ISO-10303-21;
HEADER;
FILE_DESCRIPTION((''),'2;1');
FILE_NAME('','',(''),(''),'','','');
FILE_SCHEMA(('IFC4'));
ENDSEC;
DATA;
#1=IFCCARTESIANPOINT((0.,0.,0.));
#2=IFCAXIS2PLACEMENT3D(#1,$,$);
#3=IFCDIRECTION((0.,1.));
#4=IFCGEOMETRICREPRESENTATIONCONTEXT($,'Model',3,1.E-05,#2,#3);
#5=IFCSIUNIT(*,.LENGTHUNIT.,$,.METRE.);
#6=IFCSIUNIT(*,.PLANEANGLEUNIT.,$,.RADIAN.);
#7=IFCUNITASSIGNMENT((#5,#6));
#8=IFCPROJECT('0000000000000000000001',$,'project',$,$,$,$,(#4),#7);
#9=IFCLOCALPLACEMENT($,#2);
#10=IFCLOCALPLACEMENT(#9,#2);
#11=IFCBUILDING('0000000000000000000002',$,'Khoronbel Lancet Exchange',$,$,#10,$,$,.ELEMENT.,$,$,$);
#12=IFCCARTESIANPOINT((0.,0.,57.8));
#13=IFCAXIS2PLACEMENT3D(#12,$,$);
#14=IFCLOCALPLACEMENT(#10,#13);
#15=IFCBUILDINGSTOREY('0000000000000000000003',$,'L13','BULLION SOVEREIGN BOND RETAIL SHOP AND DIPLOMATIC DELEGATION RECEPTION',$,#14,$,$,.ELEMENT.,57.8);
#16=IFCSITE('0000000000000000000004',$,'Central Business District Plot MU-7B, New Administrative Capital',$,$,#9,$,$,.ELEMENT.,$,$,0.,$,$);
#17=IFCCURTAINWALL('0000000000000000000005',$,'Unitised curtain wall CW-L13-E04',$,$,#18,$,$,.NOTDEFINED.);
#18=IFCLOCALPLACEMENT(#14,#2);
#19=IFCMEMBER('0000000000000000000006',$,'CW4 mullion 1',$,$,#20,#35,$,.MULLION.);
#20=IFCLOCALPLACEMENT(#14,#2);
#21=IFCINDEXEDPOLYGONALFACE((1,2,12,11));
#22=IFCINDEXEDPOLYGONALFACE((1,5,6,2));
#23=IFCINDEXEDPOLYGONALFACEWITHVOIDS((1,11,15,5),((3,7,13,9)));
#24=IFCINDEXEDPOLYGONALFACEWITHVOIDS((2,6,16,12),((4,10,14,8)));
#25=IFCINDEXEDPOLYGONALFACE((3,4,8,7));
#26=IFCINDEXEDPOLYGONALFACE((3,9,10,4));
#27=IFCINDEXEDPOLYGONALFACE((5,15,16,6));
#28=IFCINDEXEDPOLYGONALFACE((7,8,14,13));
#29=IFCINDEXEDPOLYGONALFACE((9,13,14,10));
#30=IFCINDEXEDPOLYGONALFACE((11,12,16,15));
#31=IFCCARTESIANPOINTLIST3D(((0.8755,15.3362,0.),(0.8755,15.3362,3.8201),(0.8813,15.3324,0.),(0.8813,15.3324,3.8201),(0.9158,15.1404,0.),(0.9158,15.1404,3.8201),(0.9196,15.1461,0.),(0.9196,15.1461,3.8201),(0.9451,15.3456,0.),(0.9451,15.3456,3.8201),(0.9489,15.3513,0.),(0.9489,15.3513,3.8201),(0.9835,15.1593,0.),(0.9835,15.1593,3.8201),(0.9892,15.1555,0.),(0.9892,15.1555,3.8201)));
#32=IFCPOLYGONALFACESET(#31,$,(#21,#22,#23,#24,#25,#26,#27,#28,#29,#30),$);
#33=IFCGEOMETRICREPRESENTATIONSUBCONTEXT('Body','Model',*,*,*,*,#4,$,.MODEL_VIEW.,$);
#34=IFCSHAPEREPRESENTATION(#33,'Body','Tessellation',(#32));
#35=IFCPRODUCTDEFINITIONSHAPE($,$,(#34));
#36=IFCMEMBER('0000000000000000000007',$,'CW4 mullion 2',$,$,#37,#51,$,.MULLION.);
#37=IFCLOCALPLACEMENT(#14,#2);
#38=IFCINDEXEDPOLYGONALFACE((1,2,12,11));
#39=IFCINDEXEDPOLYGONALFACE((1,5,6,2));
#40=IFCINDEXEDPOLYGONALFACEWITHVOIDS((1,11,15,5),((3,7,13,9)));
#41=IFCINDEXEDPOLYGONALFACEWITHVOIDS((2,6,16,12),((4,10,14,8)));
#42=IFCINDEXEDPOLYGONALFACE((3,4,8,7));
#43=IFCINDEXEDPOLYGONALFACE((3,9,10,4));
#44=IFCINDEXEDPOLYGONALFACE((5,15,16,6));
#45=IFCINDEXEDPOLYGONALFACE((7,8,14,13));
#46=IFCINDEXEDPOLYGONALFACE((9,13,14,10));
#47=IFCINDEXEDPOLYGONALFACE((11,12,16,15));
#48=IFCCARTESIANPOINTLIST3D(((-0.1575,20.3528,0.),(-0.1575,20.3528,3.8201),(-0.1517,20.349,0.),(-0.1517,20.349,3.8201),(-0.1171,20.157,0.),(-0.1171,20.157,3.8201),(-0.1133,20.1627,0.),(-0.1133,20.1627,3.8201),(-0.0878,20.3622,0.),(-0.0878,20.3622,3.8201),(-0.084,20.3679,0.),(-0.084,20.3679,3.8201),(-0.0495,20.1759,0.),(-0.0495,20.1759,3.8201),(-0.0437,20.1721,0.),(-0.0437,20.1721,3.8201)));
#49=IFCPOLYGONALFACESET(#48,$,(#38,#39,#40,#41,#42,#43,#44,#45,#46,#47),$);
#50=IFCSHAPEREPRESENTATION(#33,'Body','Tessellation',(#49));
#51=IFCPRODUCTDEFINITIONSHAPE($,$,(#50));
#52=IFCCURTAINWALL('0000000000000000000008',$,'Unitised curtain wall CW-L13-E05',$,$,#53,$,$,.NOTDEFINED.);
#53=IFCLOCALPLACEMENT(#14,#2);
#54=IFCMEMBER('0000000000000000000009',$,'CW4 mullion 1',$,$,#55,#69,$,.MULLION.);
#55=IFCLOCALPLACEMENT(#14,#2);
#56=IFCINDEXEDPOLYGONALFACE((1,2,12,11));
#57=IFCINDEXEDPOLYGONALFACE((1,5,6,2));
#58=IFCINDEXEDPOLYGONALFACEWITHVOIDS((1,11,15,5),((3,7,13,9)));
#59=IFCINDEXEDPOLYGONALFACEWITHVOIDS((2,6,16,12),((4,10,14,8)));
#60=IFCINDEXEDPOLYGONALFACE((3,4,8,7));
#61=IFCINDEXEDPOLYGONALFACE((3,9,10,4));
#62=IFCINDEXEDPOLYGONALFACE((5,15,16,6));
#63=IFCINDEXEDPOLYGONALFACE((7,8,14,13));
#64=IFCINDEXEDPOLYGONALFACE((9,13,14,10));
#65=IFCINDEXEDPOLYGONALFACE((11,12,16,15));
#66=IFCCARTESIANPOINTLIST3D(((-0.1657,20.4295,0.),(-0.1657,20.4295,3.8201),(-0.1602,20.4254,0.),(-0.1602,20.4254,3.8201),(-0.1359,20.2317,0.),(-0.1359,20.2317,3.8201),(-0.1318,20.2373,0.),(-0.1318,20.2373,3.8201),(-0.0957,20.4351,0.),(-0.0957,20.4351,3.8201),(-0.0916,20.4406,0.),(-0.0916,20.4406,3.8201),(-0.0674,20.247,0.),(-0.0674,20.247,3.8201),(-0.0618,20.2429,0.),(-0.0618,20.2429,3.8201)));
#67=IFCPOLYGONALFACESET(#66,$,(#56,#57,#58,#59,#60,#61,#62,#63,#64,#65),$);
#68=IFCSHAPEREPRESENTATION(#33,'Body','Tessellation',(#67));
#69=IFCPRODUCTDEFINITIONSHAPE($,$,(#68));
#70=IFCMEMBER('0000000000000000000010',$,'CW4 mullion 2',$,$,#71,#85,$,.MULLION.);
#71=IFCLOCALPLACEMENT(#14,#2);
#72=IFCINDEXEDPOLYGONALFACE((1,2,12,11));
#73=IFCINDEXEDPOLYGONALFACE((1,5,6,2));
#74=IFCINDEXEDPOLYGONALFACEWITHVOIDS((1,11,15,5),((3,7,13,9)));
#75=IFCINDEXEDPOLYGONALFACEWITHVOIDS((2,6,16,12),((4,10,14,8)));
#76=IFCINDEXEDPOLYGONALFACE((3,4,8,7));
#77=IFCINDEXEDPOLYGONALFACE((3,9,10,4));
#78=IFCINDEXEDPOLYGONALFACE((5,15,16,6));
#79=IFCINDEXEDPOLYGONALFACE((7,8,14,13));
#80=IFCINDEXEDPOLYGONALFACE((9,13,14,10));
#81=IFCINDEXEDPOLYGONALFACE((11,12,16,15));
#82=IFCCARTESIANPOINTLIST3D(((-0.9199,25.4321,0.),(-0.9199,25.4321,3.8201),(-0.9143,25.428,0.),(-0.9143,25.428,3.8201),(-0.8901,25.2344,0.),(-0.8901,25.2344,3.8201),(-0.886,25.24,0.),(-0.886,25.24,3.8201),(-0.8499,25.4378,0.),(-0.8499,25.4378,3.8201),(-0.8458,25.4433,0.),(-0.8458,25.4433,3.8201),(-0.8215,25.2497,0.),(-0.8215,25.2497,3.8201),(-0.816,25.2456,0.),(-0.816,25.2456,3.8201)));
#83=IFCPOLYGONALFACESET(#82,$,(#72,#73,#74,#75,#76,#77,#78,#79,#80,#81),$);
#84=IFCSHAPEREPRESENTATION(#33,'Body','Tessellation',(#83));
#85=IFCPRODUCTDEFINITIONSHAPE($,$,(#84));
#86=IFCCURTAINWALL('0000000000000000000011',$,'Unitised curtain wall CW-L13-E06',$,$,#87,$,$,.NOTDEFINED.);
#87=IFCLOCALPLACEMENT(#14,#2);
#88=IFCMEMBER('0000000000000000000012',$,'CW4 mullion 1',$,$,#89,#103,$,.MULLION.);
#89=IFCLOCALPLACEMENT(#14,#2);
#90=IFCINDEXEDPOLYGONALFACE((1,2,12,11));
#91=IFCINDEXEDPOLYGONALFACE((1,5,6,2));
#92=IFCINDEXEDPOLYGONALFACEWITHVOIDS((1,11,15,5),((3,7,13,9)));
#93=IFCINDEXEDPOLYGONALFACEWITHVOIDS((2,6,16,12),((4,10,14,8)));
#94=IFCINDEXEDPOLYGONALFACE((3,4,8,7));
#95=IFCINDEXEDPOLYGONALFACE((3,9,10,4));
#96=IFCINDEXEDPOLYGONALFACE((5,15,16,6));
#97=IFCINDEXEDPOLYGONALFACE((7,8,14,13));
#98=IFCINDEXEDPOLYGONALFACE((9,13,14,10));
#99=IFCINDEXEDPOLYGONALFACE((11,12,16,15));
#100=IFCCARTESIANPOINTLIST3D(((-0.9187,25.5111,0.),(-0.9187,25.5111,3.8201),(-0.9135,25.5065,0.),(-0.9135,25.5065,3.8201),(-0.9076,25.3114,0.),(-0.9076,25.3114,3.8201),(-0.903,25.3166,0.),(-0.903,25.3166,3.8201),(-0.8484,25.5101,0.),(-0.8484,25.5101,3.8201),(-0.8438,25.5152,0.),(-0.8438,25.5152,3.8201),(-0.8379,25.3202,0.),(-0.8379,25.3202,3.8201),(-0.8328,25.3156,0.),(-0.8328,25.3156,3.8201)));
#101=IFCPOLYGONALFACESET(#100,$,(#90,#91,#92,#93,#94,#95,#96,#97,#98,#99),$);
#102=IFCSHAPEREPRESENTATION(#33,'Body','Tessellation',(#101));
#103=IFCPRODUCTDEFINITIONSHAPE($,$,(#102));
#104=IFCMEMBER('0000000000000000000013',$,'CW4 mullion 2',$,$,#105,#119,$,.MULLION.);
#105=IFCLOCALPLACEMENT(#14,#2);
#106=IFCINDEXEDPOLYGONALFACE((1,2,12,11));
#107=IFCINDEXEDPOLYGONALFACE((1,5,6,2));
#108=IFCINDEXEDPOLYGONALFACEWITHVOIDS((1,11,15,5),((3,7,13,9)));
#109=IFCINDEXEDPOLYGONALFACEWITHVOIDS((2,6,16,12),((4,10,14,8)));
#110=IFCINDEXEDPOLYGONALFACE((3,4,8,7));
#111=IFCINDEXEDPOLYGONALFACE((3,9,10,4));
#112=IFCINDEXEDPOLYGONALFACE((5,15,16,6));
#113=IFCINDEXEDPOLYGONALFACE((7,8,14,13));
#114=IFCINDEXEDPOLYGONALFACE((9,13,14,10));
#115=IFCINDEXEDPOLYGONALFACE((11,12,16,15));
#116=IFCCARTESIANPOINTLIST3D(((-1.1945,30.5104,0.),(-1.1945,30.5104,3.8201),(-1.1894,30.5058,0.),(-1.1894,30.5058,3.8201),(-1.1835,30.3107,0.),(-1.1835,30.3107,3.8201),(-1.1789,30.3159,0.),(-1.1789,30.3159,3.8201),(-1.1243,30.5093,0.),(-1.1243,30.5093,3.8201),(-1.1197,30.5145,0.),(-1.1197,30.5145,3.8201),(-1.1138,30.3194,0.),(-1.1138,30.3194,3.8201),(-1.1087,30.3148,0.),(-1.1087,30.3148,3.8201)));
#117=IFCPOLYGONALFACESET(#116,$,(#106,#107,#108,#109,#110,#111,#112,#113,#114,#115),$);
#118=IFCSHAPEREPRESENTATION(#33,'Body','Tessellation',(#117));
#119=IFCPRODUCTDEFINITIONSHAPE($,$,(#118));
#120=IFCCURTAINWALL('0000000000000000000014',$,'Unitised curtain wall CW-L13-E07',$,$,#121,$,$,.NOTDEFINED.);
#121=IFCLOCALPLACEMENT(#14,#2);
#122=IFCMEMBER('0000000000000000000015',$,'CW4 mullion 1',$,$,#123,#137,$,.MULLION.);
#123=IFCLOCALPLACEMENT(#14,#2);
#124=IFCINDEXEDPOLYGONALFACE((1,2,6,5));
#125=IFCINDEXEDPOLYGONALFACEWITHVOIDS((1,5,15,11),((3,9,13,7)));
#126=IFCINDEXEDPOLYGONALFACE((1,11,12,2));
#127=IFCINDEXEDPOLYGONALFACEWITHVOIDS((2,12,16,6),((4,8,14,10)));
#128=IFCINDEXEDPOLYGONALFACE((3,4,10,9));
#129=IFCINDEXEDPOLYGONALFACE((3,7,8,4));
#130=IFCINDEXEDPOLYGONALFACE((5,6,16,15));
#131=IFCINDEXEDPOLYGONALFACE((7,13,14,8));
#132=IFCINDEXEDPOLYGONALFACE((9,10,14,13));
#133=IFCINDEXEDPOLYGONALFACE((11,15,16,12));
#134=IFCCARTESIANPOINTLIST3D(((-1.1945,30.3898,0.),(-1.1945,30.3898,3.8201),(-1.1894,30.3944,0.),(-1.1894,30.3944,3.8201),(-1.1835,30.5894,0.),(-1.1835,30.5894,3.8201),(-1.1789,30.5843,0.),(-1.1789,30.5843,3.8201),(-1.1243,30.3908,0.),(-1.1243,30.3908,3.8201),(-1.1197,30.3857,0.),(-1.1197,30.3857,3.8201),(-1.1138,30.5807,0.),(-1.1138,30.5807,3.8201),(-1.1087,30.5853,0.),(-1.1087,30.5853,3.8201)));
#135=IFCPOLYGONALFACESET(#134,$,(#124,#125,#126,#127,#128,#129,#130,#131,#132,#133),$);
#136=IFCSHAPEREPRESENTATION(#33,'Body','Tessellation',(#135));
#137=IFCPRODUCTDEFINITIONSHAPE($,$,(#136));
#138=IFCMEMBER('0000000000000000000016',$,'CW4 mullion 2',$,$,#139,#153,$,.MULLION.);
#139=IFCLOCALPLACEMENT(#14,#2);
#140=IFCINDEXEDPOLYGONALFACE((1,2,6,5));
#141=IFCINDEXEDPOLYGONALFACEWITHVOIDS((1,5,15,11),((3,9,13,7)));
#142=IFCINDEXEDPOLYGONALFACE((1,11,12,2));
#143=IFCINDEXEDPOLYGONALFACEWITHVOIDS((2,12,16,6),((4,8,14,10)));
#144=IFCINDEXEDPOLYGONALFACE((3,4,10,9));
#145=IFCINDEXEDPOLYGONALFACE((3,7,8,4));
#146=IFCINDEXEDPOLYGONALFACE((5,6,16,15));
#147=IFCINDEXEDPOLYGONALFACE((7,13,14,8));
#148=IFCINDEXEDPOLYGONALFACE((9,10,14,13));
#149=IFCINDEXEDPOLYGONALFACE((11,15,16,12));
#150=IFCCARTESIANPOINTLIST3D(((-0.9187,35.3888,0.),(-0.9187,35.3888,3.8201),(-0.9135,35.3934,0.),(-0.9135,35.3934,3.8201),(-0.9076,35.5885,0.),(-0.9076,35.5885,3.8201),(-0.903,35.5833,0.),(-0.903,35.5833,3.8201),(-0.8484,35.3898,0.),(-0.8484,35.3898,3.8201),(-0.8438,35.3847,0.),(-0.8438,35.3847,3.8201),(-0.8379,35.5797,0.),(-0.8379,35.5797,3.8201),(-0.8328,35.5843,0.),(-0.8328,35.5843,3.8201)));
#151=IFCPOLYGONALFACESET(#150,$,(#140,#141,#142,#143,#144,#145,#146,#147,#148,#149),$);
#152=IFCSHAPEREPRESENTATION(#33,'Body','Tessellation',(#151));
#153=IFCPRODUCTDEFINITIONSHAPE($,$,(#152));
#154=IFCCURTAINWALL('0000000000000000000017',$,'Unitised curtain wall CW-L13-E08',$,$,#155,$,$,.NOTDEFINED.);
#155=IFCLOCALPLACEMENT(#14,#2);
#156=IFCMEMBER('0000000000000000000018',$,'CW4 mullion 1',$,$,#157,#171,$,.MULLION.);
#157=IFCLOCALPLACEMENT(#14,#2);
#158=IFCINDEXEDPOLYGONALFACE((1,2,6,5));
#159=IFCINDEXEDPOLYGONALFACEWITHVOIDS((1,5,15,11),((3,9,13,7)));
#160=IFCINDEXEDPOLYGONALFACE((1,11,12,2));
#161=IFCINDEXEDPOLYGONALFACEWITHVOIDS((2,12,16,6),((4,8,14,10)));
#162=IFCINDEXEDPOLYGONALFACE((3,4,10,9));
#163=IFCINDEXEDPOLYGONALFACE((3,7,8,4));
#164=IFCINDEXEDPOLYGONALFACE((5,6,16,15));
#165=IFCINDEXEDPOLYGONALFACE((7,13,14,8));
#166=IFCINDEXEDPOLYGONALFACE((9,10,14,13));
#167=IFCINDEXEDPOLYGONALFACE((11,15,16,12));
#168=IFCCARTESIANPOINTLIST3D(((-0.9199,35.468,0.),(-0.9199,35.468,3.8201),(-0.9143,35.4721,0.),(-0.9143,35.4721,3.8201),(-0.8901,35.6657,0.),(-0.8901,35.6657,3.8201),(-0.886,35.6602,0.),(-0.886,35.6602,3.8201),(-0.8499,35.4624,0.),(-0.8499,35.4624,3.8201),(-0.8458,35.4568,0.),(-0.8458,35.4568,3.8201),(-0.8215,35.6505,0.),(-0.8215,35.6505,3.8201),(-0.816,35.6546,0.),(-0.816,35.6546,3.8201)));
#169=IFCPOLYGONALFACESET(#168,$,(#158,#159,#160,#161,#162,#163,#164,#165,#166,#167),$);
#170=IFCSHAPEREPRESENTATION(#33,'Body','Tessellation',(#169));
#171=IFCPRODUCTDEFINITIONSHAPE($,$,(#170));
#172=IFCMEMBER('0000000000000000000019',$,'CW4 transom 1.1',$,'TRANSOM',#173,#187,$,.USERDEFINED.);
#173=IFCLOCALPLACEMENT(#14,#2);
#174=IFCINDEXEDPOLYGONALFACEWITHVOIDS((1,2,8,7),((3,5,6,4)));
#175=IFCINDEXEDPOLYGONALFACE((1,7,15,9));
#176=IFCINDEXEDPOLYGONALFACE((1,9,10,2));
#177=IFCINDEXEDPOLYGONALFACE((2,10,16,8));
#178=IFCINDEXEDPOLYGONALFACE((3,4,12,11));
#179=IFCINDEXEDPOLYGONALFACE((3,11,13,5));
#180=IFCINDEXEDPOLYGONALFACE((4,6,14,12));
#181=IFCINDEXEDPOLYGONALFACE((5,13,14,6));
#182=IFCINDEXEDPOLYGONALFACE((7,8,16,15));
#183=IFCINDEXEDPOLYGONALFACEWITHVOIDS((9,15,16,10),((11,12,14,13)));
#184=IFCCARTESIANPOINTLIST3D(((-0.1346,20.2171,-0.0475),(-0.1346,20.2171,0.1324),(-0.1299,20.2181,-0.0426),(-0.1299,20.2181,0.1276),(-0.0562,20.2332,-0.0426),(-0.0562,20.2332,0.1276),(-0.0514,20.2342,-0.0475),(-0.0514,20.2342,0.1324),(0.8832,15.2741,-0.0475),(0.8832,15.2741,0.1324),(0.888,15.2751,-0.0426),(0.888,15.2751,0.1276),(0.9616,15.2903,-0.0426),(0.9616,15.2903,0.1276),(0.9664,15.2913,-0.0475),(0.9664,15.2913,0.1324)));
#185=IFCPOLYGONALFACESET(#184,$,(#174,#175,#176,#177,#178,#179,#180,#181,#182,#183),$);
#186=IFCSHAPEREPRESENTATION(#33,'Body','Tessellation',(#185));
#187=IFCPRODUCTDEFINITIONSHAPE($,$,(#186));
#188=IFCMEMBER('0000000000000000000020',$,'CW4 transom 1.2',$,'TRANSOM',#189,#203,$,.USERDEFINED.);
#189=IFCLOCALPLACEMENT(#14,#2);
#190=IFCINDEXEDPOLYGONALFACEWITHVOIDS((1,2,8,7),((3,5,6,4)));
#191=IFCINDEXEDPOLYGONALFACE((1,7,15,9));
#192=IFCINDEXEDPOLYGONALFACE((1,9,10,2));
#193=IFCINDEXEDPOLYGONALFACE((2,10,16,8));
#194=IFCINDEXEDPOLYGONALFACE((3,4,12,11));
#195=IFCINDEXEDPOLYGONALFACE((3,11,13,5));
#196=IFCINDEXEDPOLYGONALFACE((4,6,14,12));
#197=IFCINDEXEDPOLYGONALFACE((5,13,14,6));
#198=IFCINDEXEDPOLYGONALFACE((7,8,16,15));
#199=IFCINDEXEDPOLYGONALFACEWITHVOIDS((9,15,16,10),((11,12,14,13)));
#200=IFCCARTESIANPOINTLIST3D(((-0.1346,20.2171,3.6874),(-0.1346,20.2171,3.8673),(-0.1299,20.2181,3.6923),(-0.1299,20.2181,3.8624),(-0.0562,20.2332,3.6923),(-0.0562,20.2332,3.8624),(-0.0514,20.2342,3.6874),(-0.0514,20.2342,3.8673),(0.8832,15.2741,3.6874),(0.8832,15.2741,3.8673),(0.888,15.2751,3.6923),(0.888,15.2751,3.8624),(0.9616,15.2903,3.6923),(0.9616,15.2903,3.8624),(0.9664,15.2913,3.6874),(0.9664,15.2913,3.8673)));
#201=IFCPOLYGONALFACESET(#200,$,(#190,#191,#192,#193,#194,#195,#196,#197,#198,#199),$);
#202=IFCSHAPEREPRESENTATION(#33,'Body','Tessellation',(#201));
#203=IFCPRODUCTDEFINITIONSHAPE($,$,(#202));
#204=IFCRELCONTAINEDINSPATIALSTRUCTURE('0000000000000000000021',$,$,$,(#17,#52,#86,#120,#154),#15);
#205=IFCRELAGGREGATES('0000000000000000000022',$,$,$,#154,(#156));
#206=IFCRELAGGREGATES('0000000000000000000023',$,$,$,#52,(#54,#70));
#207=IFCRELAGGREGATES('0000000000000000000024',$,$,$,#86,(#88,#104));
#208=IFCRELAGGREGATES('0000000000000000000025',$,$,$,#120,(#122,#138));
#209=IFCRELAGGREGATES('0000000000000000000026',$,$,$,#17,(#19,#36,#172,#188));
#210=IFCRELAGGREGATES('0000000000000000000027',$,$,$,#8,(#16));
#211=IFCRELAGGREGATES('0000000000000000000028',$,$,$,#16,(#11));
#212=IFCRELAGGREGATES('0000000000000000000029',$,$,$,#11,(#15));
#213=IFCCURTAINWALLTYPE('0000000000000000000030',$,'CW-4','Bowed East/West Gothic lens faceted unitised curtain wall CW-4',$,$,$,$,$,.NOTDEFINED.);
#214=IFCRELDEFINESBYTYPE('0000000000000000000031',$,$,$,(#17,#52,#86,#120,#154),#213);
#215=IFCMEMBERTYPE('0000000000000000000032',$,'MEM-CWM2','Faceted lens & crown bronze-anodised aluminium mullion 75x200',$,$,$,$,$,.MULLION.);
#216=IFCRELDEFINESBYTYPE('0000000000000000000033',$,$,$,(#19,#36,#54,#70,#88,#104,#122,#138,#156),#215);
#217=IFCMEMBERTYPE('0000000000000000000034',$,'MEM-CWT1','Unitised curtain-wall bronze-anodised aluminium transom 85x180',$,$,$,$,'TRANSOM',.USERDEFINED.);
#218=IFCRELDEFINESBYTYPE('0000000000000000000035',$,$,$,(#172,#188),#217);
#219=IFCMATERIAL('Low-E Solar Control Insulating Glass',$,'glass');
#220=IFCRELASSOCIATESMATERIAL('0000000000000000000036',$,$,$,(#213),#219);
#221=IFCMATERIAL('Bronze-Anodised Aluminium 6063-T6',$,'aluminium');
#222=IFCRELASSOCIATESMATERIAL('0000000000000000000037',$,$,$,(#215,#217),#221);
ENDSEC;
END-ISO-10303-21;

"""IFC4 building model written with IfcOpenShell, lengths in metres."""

from ifc_helpers import new_model, si_unit, direction, frame, origin, origin_2d, place, context, subcontext, project, spatial, hollow_rectangle, extrude, material, material_profile, profile_set, type_object, element, aggregate, save


model = new_model("IFC4")

# Units and contexts
model_context = context("Model", 3, precision=1e-05, world=origin(), true_north=direction((0.0, 1.0)))
body_context = subcontext(model_context, "Body", "Model", "MODEL_VIEW")
ifc_project = project(units=[si_unit("LENGTHUNIT", "METRE"), si_unit("PLANEANGLEUNIT", "RADIAN")], contexts=[model_context])

# Site, building, storey
site_placement = place(None, origin())
site = spatial("IfcSite", under=ifc_project, at=site_placement, Name="Central Business District Plot MU-7B, New Administrative Capital", CompositionType="ELEMENT", RefElevation=0.0)
building_placement = place(site_placement, origin())
building = spatial("IfcBuilding", under=site, at=building_placement, Name="Khoronbel Lancet Exchange", CompositionType="ELEMENT")
storey_placement = place(building_placement, frame((0.0, 0.0, 57.8)))
storey = spatial("IfcBuildingStorey", under=building, at=storey_placement, Name="L13", Description="BULLION SOVEREIGN BOND RETAIL SHOP AND DIPLOMATIC DELEGATION RECEPTION", CompositionType="ELEMENT", Elevation=57.8)

# Curtain walls, members
ifc_material_1 = material(Name="Low-E Solar Control Insulating Glass", Category="glass")
curtain_wall_type = type_object("IfcCurtainWallType", Name="CW-4", Description="Bowed East/West Gothic lens faceted unitised curtain wall CW-4", PredefinedType="NOTDEFINED", material=ifc_material_1)
curtain_wall_1_placement = place(storey_placement, origin())
curtain_wall_1 = element("IfcCurtainWall", 1, at=curtain_wall_1_placement, inside=storey, type_object=curtain_wall_type, Name="Unitised curtain wall CW-L13-E04", PredefinedType="NOTDEFINED")
ifc_material_2 = material(Name="Bronze-Anodised Aluminium 6063-T6", Category="aluminium")
ifc_material_profile_1 = material_profile(ifc_material_2, hollow_rectangle(XDim=0.075, YDim=0.2, WallThickness=0.0049, at=origin_2d()), Name="ALU MULLION 75x200")
ifc_profile_set_1 = profile_set([ifc_material_profile_1], Name="Bronze-Anodised Aluminium 6063-T6")
member_type_1 = type_object("IfcMemberType", Name="MEM-CWM2", Description="Faceted lens & crown bronze-anodised aluminium mullion 75x200", PredefinedType="MULLION", material=ifc_profile_set_1)
member_1_placement = place(storey_placement, frame((0.9324, 15.2458, 0.0), z_axis=(0.0, 0.0, 1.0), x_axis=(-0.979446, -0.201705, 0.0)))
member_1 = element("IfcMember", 2, at=member_1_placement, type_object=member_type_1, Name="CW4 mullion 1", PredefinedType="MULLION", context=body_context, shape_type="SweptSolid", body=[
    extrude(hollow_rectangle(XDim=0.075, YDim=0.2, WallThickness=0.0049, at=origin_2d()), origin(), (0.0, 0.0, 1.0), 3.8201),
])
member_2_placement = place(storey_placement, frame((-0.1006, 20.2625, 0.0), z_axis=(0.0, 0.0, 1.0), x_axis=(-0.979446, -0.201705, 0.0)))
member_2 = element("IfcMember", 3, at=member_2_placement, type_object=member_type_1, Name="CW4 mullion 2", PredefinedType="MULLION", context=body_context, shape_type="SweptSolid", body=[
    extrude(hollow_rectangle(XDim=0.075, YDim=0.2, WallThickness=0.0049, at=origin_2d()), origin(), (0.0, 0.0, 1.0), 3.8201),
])
curtain_wall_2_placement = place(storey_placement, origin())
curtain_wall_2 = element("IfcCurtainWall", 4, at=curtain_wall_2_placement, inside=storey, type_object=curtain_wall_type, Name="Unitised curtain wall CW-L13-E05", PredefinedType="NOTDEFINED")
member_3_placement = place(storey_placement, frame((-0.1138, 20.3362, 0.0), z_axis=(0.0, 0.0, 1.0), x_axis=(-0.988825, -0.14908, 0.0)))
member_3 = element("IfcMember", 5, at=member_3_placement, type_object=member_type_1, Name="CW4 mullion 1", PredefinedType="MULLION", context=body_context, shape_type="SweptSolid", body=[
    extrude(hollow_rectangle(XDim=0.075, YDim=0.2, WallThickness=0.0049, at=origin_2d()), origin(), (0.0, 0.0, 1.0), 3.8201),
])
member_4_placement = place(storey_placement, frame((-0.8679, 25.3389, 0.0), z_axis=(0.0, 0.0, 1.0), x_axis=(-0.988825, -0.14908, 0.0)))
member_4 = element("IfcMember", 6, at=member_4_placement, type_object=member_type_1, Name="CW4 mullion 2", PredefinedType="MULLION", context=body_context, shape_type="SweptSolid", body=[
    extrude(hollow_rectangle(XDim=0.075, YDim=0.2, WallThickness=0.0049, at=origin_2d()), origin(), (0.0, 0.0, 1.0), 3.8201),
])
curtain_wall_3_placement = place(storey_placement, origin())
curtain_wall_3 = element("IfcCurtainWall", 7, at=curtain_wall_3_placement, inside=storey, type_object=curtain_wall_type, Name="Unitised curtain wall CW-L13-E06", PredefinedType="NOTDEFINED")
member_5_placement = place(storey_placement, frame((-0.8757, 25.4133, 0.0), z_axis=(0.0, 0.0, 1.0), x_axis=(-0.998481, -0.055098, 0.0)))
member_5 = element("IfcMember", 8, at=member_5_placement, type_object=member_type_1, Name="CW4 mullion 1", PredefinedType="MULLION", context=body_context, shape_type="SweptSolid", body=[
    extrude(hollow_rectangle(XDim=0.075, YDim=0.2, WallThickness=0.0049, at=origin_2d()), origin(), (0.0, 0.0, 1.0), 3.8201),
])
member_6_placement = place(storey_placement, frame((-1.1516, 30.4126, 0.0), z_axis=(0.0, 0.0, 1.0), x_axis=(-0.998481, -0.055098, 0.0)))
member_6 = element("IfcMember", 9, at=member_6_placement, type_object=member_type_1, Name="CW4 mullion 2", PredefinedType="MULLION", context=body_context, shape_type="SweptSolid", body=[
    extrude(hollow_rectangle(XDim=0.075, YDim=0.2, WallThickness=0.0049, at=origin_2d()), origin(), (0.0, 0.0, 1.0), 3.8201),
])
curtain_wall_4_placement = place(storey_placement, origin())
curtain_wall_4 = element("IfcCurtainWall", 10, at=curtain_wall_4_placement, inside=storey, type_object=curtain_wall_type, Name="Unitised curtain wall CW-L13-E07", PredefinedType="NOTDEFINED")
member_7_placement = place(storey_placement, frame((-1.1516, 30.4875, 0.0), z_axis=(0.0, 0.0, 1.0), x_axis=(-0.998481, 0.055098, 0.0)))
member_7 = element("IfcMember", 11, at=member_7_placement, type_object=member_type_1, Name="CW4 mullion 1", PredefinedType="MULLION", context=body_context, shape_type="SweptSolid", body=[
    extrude(hollow_rectangle(XDim=0.075, YDim=0.2, WallThickness=0.0049, at=origin_2d()), origin(), (0.0, 0.0, 1.0), 3.8201),
])
member_8_placement = place(storey_placement, frame((-0.8757, 35.4866, 0.0), z_axis=(0.0, 0.0, 1.0), x_axis=(-0.998481, 0.055098, 0.0)))
member_8 = element("IfcMember", 12, at=member_8_placement, type_object=member_type_1, Name="CW4 mullion 2", PredefinedType="MULLION", context=body_context, shape_type="SweptSolid", body=[
    extrude(hollow_rectangle(XDim=0.075, YDim=0.2, WallThickness=0.0049, at=origin_2d()), origin(), (0.0, 0.0, 1.0), 3.8201),
])

# Curtain wall, member
curtain_wall_5_placement = place(storey_placement, origin())
curtain_wall_5 = element("IfcCurtainWall", 13, at=curtain_wall_5_placement, inside=storey, type_object=curtain_wall_type, Name="Unitised curtain wall CW-L13-E08", PredefinedType="NOTDEFINED")
member_9_placement = place(storey_placement, frame((-0.8679, 35.5613, 0.0), z_axis=(0.0, 0.0, 1.0), x_axis=(-0.988825, 0.14908, 0.0)))
member_9 = element("IfcMember", 14, at=member_9_placement, type_object=member_type_1, Name="CW4 mullion 1", PredefinedType="MULLION", context=body_context, shape_type="SweptSolid", body=[
    extrude(hollow_rectangle(XDim=0.075, YDim=0.2, WallThickness=0.0049, at=origin_2d()), origin(), (0.0, 0.0, 1.0), 3.8201),
])

# Members
ifc_material_profile_2 = material_profile(ifc_material_2, hollow_rectangle(XDim=0.085, YDim=0.1799, WallThickness=0.0049, at=origin_2d()), Name="ALU TRANSOM 85x180")
ifc_profile_set_2 = profile_set([ifc_material_profile_2], Name="Bronze-Anodised Aluminium 6063-T6")
member_type_2 = type_object("IfcMemberType", Name="MEM-CWT1", Description="Unitised curtain-wall bronze-anodised aluminium transom 85x180", ElementType="TRANSOM", PredefinedType="USERDEFINED", material=ifc_profile_set_2)
member_10_placement = place(storey_placement, frame((0.9248, 15.2827, 0.0425), z_axis=(-0.201686, 0.97945, 0.0), x_axis=(-0.97945, -0.201686, 0.0)))
member_10 = element("IfcMember", 15, at=member_10_placement, type_object=member_type_2, Name="CW4 transom 1.1", ObjectType="TRANSOM", PredefinedType="USERDEFINED", context=body_context, shape_type="SweptSolid", body=[
    extrude(hollow_rectangle(XDim=0.085, YDim=0.1799, WallThickness=0.0049, at=origin_2d()), origin(), (0.0, 0.0, 1.0), 5.0466),
])
member_11_placement = place(storey_placement, frame((0.9248, 15.2827, 3.7773), z_axis=(-0.201686, 0.97945, 0.0), x_axis=(-0.97945, -0.201686, 0.0)))
member_11 = element("IfcMember", 16, at=member_11_placement, type_object=member_type_2, Name="CW4 transom 1.2", ObjectType="TRANSOM", PredefinedType="USERDEFINED", context=body_context, shape_type="SweptSolid", body=[
    extrude(hollow_rectangle(XDim=0.085, YDim=0.1799, WallThickness=0.0049, at=origin_2d()), origin(), (0.0, 0.0, 1.0), 5.0466),
])
aggregate(curtain_wall_5, [member_9])

aggregate(curtain_wall_2, [member_3, member_4])
aggregate(curtain_wall_3, [member_5, member_6])
aggregate(curtain_wall_4, [member_7, member_8])
aggregate(curtain_wall_1, [member_1, member_2, member_10, member_11])

save(model, "model.ifc")
